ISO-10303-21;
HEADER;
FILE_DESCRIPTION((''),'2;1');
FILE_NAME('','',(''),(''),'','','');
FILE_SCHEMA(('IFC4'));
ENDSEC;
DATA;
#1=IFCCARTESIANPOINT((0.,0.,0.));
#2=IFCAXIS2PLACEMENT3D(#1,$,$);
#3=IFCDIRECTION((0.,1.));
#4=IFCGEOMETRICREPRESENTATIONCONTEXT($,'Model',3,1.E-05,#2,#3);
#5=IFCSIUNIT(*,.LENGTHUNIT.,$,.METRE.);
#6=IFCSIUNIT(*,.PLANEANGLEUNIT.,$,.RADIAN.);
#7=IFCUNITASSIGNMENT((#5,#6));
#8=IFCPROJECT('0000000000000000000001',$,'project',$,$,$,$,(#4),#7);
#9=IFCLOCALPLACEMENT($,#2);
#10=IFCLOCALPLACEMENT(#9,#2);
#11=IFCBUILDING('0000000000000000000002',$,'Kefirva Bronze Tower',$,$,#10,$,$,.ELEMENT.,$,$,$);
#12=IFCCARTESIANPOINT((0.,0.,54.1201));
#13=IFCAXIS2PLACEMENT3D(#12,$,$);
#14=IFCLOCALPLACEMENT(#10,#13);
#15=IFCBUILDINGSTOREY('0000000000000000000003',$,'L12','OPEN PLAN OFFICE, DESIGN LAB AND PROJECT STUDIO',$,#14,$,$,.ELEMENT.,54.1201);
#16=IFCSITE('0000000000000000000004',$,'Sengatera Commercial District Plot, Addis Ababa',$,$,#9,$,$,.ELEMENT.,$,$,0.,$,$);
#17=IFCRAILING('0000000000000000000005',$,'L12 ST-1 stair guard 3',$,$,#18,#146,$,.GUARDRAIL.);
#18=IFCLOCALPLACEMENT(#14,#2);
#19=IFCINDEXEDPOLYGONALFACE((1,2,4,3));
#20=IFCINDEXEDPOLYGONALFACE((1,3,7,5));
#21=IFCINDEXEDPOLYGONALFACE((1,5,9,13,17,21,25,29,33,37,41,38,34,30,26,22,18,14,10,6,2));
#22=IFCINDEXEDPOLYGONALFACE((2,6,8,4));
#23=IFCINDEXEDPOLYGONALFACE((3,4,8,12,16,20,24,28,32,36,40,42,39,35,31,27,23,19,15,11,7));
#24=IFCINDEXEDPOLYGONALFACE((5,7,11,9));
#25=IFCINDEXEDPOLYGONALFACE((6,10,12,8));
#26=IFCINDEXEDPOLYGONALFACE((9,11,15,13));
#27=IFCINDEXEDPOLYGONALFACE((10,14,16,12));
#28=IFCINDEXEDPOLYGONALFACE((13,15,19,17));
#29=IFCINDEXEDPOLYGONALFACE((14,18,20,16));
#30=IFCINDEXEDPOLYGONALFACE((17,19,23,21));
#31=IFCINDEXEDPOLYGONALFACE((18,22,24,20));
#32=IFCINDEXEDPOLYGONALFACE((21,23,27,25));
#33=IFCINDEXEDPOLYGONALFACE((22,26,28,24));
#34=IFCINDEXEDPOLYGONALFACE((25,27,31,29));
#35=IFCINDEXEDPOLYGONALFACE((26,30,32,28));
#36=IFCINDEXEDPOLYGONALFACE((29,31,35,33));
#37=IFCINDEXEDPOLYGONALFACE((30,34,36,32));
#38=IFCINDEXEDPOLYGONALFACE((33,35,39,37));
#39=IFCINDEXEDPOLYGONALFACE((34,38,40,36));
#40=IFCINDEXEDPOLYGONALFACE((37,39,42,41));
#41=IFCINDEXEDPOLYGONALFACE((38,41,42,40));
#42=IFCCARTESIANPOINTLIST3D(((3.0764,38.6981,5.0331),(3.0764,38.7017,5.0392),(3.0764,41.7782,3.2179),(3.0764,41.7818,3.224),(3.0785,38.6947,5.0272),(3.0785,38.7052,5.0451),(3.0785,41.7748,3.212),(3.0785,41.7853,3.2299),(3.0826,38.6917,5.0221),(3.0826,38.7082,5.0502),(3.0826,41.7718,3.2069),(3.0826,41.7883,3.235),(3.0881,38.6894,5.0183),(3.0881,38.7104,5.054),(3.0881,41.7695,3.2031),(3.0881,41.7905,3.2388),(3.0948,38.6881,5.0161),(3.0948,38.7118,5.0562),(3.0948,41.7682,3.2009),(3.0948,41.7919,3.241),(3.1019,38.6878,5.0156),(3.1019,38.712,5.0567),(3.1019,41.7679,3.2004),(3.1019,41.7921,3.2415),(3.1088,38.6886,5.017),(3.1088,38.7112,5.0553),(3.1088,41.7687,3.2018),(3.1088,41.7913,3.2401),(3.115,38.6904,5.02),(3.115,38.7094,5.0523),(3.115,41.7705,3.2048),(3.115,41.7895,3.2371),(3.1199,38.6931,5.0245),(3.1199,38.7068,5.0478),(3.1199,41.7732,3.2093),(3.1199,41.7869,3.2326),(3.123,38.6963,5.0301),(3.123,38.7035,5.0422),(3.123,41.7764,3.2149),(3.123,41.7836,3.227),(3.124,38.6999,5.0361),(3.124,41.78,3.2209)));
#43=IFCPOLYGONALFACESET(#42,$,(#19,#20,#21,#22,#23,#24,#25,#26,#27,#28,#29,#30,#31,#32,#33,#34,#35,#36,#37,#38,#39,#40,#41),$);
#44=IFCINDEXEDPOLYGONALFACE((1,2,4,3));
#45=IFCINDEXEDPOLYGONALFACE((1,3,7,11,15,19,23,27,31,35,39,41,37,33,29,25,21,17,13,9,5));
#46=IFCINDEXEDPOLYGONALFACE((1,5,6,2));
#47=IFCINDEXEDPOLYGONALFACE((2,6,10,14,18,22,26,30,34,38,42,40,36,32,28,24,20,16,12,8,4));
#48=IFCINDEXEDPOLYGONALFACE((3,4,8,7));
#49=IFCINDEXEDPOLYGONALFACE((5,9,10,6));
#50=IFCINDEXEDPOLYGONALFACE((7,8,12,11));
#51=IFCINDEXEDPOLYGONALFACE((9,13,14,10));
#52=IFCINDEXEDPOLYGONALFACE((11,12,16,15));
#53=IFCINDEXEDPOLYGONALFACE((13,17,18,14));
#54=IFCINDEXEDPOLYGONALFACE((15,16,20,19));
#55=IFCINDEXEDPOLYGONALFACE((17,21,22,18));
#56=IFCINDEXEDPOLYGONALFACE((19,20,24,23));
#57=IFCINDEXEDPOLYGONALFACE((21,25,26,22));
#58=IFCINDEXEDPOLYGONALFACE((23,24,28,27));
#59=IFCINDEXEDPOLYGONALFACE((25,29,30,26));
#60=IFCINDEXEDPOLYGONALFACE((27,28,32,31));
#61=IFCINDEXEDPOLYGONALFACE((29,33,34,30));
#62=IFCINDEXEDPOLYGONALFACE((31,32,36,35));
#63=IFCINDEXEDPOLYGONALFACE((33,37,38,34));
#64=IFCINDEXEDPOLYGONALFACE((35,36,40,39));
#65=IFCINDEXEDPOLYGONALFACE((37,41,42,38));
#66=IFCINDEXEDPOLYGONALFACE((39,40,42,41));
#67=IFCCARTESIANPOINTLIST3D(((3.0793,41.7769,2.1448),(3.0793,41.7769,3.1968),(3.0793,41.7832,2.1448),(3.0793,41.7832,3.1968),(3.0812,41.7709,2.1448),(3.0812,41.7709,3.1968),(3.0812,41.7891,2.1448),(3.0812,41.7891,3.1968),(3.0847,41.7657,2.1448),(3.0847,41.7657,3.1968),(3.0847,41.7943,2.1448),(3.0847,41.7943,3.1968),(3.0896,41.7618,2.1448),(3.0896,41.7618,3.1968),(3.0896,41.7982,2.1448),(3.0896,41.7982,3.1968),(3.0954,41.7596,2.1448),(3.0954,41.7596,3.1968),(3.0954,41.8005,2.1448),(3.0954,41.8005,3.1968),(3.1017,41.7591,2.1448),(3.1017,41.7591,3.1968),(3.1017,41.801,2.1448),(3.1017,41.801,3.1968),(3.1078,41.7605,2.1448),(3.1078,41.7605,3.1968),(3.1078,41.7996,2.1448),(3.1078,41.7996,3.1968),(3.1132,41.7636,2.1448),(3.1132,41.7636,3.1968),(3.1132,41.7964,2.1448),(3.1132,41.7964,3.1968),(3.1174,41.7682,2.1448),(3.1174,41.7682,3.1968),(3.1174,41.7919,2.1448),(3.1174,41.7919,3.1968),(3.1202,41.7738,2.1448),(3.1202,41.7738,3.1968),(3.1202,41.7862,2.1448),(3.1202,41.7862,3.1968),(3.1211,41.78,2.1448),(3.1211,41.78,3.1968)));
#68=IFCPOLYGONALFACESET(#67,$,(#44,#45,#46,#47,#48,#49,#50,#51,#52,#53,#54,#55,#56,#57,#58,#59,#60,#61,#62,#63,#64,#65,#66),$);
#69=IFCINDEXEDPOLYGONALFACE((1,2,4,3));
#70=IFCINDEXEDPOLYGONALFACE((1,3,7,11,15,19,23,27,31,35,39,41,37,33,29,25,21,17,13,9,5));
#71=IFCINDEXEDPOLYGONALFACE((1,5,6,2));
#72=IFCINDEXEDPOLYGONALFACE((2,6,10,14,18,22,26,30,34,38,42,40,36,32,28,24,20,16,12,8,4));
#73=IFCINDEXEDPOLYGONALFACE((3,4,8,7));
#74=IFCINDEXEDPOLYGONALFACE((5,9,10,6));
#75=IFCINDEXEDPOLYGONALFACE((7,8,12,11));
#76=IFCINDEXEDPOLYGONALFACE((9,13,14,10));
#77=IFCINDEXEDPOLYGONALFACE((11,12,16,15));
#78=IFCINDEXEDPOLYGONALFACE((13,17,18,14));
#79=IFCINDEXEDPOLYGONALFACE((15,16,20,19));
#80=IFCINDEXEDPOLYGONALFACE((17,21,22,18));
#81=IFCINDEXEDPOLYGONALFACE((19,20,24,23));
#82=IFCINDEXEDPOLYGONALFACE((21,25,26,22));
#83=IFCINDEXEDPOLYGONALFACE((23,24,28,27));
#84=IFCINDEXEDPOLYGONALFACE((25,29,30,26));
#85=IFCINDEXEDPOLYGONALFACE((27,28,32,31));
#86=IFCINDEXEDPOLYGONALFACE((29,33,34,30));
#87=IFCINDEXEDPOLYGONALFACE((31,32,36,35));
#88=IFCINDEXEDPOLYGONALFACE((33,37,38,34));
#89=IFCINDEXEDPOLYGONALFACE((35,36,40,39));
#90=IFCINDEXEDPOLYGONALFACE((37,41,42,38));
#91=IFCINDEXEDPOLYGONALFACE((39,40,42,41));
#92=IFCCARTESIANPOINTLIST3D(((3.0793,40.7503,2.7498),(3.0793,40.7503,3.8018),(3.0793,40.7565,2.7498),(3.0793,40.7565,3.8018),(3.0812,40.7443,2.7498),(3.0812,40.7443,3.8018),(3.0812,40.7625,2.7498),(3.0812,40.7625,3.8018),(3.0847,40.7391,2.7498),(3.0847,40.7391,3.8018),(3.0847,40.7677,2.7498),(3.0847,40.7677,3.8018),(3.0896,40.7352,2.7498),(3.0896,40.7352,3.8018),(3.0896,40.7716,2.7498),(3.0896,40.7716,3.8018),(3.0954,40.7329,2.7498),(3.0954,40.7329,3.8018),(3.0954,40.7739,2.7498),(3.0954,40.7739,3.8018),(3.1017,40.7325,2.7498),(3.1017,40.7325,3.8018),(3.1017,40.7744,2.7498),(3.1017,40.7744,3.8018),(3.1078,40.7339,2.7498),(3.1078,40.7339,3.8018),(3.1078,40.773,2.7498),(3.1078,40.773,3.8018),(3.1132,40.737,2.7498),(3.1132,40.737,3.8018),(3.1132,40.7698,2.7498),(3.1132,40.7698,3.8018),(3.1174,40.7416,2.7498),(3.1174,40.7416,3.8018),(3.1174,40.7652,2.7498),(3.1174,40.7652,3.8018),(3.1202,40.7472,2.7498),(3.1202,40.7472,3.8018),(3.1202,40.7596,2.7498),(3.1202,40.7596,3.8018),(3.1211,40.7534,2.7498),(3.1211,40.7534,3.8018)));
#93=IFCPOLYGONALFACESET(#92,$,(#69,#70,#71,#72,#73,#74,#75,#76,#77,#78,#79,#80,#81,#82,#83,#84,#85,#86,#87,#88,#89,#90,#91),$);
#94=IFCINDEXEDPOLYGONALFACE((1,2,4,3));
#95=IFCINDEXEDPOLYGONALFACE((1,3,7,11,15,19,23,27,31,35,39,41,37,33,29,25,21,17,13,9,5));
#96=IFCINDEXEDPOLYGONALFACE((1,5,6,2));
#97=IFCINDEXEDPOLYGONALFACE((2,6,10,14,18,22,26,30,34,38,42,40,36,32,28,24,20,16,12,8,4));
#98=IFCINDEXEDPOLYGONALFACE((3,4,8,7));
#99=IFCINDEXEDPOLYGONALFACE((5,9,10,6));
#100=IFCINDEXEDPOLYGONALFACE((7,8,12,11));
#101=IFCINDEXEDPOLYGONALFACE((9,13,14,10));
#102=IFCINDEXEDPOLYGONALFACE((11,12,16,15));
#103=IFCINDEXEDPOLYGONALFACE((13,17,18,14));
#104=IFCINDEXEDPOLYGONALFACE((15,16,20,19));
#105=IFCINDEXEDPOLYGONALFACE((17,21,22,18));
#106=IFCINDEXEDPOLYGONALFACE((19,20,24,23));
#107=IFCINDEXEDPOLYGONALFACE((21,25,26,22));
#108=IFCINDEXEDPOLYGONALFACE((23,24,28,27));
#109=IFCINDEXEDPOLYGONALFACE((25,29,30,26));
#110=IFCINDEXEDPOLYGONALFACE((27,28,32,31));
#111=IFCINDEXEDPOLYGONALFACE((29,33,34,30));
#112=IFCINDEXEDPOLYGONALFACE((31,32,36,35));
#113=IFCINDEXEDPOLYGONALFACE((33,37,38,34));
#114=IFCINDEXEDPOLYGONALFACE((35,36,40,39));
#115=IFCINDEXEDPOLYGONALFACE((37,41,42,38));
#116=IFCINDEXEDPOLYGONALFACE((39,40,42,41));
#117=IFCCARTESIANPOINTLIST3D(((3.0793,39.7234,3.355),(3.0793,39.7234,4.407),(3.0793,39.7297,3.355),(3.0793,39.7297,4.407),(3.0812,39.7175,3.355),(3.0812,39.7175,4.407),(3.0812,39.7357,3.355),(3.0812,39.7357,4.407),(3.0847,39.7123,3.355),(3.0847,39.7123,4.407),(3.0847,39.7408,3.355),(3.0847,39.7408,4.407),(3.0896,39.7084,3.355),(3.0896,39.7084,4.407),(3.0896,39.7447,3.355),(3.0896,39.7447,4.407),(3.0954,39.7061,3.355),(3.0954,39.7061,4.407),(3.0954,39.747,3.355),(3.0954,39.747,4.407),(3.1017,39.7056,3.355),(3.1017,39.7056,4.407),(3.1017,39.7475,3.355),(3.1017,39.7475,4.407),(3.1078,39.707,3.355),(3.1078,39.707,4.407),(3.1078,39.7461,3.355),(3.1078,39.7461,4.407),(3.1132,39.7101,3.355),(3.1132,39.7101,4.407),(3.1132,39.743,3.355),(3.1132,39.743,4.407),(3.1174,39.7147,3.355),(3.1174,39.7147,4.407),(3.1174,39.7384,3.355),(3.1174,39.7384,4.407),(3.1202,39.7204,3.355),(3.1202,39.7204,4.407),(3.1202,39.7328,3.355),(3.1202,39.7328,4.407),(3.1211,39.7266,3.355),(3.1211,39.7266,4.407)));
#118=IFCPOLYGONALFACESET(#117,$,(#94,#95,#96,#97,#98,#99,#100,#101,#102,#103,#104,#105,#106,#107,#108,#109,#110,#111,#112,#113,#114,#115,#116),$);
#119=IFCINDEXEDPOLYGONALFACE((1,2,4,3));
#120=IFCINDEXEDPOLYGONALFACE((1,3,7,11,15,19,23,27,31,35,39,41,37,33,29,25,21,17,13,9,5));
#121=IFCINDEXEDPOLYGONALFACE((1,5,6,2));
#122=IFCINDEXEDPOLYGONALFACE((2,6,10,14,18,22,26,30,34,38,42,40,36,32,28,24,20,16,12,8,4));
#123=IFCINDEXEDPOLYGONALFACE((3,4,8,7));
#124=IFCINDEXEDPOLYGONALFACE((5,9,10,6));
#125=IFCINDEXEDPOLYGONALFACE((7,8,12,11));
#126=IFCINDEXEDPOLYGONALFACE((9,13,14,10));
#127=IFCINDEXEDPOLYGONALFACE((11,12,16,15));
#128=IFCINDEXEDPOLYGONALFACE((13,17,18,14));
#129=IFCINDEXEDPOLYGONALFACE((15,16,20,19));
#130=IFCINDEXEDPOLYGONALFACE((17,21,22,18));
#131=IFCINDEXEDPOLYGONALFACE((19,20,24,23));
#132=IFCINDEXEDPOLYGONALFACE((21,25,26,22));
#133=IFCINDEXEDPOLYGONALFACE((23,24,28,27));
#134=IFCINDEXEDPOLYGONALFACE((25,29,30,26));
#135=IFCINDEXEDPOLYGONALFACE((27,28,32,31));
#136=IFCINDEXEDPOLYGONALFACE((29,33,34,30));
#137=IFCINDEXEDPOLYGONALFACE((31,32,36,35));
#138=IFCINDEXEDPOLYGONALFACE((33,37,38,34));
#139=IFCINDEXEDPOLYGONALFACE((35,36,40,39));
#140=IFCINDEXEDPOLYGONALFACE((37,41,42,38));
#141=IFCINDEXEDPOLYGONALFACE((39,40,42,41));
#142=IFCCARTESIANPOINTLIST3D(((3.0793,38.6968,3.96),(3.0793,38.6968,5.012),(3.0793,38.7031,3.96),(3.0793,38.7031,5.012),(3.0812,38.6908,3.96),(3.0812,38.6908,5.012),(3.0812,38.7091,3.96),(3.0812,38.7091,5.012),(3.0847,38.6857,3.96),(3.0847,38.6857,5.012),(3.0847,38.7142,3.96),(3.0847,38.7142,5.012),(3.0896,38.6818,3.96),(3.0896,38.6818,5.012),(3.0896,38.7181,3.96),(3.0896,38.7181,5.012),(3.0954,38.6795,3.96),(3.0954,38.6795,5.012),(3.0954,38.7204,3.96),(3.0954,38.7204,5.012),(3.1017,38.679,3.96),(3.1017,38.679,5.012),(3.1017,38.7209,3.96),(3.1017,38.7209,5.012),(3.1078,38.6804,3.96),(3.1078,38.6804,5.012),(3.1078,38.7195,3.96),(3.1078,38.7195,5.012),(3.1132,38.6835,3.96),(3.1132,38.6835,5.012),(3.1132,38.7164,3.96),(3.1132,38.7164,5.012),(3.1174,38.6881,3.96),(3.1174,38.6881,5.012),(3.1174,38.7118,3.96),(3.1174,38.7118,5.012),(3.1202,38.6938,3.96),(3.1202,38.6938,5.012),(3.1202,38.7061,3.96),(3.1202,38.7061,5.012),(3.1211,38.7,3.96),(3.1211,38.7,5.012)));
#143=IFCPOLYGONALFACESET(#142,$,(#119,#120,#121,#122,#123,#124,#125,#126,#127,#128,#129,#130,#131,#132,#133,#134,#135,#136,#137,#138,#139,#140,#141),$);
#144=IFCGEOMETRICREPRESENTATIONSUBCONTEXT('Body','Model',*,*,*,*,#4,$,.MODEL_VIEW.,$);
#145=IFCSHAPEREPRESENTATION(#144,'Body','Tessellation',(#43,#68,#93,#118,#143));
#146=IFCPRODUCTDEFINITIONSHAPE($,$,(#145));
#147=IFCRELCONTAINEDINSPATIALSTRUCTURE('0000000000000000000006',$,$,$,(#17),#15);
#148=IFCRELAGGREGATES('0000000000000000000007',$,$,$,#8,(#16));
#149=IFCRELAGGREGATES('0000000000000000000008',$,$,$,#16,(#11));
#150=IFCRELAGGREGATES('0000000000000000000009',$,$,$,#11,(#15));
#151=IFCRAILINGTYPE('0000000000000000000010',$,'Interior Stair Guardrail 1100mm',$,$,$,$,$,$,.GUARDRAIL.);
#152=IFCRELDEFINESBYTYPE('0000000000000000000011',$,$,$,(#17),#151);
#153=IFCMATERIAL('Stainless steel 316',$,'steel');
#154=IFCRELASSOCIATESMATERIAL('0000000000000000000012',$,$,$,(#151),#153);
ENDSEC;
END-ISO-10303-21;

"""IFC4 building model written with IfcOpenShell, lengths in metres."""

from ifc_helpers import new_model, si_unit, direction, frame, origin, origin_2d, place, context, subcontext, project, spatial, circle, extrude, material, type_object, element, save


model = new_model("IFC4")

# Units and contexts
model_context = context("Model", 3, precision=1e-05, world=origin(), true_north=direction((0.0, 1.0)))
body_context = subcontext(model_context, "Body", "Model", "MODEL_VIEW")
ifc_project = project(units=[si_unit("LENGTHUNIT", "METRE"), si_unit("PLANEANGLEUNIT", "RADIAN")], contexts=[model_context])

# Site, building, storey
site_placement = place(None, origin())
site = spatial("IfcSite", under=ifc_project, at=site_placement, Name="Sengatera Commercial District Plot, Addis Ababa", CompositionType="ELEMENT", RefElevation=0.0)
building_placement = place(site_placement, origin())
building = spatial("IfcBuilding", under=site, at=building_placement, Name="Kefirva Bronze Tower", CompositionType="ELEMENT")
storey_placement = place(building_placement, frame((0.0, 0.0, 54.1201)))
storey = spatial("IfcBuildingStorey", under=building, at=storey_placement, Name="L12", Description="OPEN PLAN OFFICE, DESIGN LAB AND PROJECT STUDIO", CompositionType="ELEMENT", Elevation=54.1201)

# Railing
ifc_material_1 = material(Name="Stainless steel 316", Category="steel")
railing_type_1 = type_object("IfcRailingType", Name="Interior Stair Guardrail 1100mm", PredefinedType="GUARDRAIL", material=ifc_material_1)
railing_1_placement = place(storey_placement, frame((3.1001, 41.78, 2.1448)))
element("IfcRailing", 1, at=railing_1_placement, inside=storey, type_object=railing_type_1, Name="L12 ST-1 stair guard 3", PredefinedType="GUARDRAIL", context=body_context, shape_type="SweptSolid", body=[
    extrude(circle(Radius=0.0239, at=origin_2d()), frame((0.0, 0.0, 1.0762), z_axis=(0.0, -0.861521, 0.507721), x_axis=(1.0, 0.0, 0.0)), (0.0, 0.0, 1.0), 3.5752),
    extrude(circle(Radius=0.021, at=origin_2d()), origin(), (0.0, 0.0, 1.0), 1.052),
    extrude(circle(Radius=0.021, at=origin_2d()), frame((0.0, -1.0266, 0.605)), (0.0, 0.0, 1.0), 1.052),
    extrude(circle(Radius=0.021, at=origin_2d()), frame((0.0, -2.0535, 1.2102)), (0.0, 0.0, 1.0), 1.052),
    extrude(circle(Radius=0.021, at=origin_2d()), frame((0.0, -3.0801, 1.8152)), (0.0, 0.0, 1.0), 1.052),
])

save(model, "model.ifc")
